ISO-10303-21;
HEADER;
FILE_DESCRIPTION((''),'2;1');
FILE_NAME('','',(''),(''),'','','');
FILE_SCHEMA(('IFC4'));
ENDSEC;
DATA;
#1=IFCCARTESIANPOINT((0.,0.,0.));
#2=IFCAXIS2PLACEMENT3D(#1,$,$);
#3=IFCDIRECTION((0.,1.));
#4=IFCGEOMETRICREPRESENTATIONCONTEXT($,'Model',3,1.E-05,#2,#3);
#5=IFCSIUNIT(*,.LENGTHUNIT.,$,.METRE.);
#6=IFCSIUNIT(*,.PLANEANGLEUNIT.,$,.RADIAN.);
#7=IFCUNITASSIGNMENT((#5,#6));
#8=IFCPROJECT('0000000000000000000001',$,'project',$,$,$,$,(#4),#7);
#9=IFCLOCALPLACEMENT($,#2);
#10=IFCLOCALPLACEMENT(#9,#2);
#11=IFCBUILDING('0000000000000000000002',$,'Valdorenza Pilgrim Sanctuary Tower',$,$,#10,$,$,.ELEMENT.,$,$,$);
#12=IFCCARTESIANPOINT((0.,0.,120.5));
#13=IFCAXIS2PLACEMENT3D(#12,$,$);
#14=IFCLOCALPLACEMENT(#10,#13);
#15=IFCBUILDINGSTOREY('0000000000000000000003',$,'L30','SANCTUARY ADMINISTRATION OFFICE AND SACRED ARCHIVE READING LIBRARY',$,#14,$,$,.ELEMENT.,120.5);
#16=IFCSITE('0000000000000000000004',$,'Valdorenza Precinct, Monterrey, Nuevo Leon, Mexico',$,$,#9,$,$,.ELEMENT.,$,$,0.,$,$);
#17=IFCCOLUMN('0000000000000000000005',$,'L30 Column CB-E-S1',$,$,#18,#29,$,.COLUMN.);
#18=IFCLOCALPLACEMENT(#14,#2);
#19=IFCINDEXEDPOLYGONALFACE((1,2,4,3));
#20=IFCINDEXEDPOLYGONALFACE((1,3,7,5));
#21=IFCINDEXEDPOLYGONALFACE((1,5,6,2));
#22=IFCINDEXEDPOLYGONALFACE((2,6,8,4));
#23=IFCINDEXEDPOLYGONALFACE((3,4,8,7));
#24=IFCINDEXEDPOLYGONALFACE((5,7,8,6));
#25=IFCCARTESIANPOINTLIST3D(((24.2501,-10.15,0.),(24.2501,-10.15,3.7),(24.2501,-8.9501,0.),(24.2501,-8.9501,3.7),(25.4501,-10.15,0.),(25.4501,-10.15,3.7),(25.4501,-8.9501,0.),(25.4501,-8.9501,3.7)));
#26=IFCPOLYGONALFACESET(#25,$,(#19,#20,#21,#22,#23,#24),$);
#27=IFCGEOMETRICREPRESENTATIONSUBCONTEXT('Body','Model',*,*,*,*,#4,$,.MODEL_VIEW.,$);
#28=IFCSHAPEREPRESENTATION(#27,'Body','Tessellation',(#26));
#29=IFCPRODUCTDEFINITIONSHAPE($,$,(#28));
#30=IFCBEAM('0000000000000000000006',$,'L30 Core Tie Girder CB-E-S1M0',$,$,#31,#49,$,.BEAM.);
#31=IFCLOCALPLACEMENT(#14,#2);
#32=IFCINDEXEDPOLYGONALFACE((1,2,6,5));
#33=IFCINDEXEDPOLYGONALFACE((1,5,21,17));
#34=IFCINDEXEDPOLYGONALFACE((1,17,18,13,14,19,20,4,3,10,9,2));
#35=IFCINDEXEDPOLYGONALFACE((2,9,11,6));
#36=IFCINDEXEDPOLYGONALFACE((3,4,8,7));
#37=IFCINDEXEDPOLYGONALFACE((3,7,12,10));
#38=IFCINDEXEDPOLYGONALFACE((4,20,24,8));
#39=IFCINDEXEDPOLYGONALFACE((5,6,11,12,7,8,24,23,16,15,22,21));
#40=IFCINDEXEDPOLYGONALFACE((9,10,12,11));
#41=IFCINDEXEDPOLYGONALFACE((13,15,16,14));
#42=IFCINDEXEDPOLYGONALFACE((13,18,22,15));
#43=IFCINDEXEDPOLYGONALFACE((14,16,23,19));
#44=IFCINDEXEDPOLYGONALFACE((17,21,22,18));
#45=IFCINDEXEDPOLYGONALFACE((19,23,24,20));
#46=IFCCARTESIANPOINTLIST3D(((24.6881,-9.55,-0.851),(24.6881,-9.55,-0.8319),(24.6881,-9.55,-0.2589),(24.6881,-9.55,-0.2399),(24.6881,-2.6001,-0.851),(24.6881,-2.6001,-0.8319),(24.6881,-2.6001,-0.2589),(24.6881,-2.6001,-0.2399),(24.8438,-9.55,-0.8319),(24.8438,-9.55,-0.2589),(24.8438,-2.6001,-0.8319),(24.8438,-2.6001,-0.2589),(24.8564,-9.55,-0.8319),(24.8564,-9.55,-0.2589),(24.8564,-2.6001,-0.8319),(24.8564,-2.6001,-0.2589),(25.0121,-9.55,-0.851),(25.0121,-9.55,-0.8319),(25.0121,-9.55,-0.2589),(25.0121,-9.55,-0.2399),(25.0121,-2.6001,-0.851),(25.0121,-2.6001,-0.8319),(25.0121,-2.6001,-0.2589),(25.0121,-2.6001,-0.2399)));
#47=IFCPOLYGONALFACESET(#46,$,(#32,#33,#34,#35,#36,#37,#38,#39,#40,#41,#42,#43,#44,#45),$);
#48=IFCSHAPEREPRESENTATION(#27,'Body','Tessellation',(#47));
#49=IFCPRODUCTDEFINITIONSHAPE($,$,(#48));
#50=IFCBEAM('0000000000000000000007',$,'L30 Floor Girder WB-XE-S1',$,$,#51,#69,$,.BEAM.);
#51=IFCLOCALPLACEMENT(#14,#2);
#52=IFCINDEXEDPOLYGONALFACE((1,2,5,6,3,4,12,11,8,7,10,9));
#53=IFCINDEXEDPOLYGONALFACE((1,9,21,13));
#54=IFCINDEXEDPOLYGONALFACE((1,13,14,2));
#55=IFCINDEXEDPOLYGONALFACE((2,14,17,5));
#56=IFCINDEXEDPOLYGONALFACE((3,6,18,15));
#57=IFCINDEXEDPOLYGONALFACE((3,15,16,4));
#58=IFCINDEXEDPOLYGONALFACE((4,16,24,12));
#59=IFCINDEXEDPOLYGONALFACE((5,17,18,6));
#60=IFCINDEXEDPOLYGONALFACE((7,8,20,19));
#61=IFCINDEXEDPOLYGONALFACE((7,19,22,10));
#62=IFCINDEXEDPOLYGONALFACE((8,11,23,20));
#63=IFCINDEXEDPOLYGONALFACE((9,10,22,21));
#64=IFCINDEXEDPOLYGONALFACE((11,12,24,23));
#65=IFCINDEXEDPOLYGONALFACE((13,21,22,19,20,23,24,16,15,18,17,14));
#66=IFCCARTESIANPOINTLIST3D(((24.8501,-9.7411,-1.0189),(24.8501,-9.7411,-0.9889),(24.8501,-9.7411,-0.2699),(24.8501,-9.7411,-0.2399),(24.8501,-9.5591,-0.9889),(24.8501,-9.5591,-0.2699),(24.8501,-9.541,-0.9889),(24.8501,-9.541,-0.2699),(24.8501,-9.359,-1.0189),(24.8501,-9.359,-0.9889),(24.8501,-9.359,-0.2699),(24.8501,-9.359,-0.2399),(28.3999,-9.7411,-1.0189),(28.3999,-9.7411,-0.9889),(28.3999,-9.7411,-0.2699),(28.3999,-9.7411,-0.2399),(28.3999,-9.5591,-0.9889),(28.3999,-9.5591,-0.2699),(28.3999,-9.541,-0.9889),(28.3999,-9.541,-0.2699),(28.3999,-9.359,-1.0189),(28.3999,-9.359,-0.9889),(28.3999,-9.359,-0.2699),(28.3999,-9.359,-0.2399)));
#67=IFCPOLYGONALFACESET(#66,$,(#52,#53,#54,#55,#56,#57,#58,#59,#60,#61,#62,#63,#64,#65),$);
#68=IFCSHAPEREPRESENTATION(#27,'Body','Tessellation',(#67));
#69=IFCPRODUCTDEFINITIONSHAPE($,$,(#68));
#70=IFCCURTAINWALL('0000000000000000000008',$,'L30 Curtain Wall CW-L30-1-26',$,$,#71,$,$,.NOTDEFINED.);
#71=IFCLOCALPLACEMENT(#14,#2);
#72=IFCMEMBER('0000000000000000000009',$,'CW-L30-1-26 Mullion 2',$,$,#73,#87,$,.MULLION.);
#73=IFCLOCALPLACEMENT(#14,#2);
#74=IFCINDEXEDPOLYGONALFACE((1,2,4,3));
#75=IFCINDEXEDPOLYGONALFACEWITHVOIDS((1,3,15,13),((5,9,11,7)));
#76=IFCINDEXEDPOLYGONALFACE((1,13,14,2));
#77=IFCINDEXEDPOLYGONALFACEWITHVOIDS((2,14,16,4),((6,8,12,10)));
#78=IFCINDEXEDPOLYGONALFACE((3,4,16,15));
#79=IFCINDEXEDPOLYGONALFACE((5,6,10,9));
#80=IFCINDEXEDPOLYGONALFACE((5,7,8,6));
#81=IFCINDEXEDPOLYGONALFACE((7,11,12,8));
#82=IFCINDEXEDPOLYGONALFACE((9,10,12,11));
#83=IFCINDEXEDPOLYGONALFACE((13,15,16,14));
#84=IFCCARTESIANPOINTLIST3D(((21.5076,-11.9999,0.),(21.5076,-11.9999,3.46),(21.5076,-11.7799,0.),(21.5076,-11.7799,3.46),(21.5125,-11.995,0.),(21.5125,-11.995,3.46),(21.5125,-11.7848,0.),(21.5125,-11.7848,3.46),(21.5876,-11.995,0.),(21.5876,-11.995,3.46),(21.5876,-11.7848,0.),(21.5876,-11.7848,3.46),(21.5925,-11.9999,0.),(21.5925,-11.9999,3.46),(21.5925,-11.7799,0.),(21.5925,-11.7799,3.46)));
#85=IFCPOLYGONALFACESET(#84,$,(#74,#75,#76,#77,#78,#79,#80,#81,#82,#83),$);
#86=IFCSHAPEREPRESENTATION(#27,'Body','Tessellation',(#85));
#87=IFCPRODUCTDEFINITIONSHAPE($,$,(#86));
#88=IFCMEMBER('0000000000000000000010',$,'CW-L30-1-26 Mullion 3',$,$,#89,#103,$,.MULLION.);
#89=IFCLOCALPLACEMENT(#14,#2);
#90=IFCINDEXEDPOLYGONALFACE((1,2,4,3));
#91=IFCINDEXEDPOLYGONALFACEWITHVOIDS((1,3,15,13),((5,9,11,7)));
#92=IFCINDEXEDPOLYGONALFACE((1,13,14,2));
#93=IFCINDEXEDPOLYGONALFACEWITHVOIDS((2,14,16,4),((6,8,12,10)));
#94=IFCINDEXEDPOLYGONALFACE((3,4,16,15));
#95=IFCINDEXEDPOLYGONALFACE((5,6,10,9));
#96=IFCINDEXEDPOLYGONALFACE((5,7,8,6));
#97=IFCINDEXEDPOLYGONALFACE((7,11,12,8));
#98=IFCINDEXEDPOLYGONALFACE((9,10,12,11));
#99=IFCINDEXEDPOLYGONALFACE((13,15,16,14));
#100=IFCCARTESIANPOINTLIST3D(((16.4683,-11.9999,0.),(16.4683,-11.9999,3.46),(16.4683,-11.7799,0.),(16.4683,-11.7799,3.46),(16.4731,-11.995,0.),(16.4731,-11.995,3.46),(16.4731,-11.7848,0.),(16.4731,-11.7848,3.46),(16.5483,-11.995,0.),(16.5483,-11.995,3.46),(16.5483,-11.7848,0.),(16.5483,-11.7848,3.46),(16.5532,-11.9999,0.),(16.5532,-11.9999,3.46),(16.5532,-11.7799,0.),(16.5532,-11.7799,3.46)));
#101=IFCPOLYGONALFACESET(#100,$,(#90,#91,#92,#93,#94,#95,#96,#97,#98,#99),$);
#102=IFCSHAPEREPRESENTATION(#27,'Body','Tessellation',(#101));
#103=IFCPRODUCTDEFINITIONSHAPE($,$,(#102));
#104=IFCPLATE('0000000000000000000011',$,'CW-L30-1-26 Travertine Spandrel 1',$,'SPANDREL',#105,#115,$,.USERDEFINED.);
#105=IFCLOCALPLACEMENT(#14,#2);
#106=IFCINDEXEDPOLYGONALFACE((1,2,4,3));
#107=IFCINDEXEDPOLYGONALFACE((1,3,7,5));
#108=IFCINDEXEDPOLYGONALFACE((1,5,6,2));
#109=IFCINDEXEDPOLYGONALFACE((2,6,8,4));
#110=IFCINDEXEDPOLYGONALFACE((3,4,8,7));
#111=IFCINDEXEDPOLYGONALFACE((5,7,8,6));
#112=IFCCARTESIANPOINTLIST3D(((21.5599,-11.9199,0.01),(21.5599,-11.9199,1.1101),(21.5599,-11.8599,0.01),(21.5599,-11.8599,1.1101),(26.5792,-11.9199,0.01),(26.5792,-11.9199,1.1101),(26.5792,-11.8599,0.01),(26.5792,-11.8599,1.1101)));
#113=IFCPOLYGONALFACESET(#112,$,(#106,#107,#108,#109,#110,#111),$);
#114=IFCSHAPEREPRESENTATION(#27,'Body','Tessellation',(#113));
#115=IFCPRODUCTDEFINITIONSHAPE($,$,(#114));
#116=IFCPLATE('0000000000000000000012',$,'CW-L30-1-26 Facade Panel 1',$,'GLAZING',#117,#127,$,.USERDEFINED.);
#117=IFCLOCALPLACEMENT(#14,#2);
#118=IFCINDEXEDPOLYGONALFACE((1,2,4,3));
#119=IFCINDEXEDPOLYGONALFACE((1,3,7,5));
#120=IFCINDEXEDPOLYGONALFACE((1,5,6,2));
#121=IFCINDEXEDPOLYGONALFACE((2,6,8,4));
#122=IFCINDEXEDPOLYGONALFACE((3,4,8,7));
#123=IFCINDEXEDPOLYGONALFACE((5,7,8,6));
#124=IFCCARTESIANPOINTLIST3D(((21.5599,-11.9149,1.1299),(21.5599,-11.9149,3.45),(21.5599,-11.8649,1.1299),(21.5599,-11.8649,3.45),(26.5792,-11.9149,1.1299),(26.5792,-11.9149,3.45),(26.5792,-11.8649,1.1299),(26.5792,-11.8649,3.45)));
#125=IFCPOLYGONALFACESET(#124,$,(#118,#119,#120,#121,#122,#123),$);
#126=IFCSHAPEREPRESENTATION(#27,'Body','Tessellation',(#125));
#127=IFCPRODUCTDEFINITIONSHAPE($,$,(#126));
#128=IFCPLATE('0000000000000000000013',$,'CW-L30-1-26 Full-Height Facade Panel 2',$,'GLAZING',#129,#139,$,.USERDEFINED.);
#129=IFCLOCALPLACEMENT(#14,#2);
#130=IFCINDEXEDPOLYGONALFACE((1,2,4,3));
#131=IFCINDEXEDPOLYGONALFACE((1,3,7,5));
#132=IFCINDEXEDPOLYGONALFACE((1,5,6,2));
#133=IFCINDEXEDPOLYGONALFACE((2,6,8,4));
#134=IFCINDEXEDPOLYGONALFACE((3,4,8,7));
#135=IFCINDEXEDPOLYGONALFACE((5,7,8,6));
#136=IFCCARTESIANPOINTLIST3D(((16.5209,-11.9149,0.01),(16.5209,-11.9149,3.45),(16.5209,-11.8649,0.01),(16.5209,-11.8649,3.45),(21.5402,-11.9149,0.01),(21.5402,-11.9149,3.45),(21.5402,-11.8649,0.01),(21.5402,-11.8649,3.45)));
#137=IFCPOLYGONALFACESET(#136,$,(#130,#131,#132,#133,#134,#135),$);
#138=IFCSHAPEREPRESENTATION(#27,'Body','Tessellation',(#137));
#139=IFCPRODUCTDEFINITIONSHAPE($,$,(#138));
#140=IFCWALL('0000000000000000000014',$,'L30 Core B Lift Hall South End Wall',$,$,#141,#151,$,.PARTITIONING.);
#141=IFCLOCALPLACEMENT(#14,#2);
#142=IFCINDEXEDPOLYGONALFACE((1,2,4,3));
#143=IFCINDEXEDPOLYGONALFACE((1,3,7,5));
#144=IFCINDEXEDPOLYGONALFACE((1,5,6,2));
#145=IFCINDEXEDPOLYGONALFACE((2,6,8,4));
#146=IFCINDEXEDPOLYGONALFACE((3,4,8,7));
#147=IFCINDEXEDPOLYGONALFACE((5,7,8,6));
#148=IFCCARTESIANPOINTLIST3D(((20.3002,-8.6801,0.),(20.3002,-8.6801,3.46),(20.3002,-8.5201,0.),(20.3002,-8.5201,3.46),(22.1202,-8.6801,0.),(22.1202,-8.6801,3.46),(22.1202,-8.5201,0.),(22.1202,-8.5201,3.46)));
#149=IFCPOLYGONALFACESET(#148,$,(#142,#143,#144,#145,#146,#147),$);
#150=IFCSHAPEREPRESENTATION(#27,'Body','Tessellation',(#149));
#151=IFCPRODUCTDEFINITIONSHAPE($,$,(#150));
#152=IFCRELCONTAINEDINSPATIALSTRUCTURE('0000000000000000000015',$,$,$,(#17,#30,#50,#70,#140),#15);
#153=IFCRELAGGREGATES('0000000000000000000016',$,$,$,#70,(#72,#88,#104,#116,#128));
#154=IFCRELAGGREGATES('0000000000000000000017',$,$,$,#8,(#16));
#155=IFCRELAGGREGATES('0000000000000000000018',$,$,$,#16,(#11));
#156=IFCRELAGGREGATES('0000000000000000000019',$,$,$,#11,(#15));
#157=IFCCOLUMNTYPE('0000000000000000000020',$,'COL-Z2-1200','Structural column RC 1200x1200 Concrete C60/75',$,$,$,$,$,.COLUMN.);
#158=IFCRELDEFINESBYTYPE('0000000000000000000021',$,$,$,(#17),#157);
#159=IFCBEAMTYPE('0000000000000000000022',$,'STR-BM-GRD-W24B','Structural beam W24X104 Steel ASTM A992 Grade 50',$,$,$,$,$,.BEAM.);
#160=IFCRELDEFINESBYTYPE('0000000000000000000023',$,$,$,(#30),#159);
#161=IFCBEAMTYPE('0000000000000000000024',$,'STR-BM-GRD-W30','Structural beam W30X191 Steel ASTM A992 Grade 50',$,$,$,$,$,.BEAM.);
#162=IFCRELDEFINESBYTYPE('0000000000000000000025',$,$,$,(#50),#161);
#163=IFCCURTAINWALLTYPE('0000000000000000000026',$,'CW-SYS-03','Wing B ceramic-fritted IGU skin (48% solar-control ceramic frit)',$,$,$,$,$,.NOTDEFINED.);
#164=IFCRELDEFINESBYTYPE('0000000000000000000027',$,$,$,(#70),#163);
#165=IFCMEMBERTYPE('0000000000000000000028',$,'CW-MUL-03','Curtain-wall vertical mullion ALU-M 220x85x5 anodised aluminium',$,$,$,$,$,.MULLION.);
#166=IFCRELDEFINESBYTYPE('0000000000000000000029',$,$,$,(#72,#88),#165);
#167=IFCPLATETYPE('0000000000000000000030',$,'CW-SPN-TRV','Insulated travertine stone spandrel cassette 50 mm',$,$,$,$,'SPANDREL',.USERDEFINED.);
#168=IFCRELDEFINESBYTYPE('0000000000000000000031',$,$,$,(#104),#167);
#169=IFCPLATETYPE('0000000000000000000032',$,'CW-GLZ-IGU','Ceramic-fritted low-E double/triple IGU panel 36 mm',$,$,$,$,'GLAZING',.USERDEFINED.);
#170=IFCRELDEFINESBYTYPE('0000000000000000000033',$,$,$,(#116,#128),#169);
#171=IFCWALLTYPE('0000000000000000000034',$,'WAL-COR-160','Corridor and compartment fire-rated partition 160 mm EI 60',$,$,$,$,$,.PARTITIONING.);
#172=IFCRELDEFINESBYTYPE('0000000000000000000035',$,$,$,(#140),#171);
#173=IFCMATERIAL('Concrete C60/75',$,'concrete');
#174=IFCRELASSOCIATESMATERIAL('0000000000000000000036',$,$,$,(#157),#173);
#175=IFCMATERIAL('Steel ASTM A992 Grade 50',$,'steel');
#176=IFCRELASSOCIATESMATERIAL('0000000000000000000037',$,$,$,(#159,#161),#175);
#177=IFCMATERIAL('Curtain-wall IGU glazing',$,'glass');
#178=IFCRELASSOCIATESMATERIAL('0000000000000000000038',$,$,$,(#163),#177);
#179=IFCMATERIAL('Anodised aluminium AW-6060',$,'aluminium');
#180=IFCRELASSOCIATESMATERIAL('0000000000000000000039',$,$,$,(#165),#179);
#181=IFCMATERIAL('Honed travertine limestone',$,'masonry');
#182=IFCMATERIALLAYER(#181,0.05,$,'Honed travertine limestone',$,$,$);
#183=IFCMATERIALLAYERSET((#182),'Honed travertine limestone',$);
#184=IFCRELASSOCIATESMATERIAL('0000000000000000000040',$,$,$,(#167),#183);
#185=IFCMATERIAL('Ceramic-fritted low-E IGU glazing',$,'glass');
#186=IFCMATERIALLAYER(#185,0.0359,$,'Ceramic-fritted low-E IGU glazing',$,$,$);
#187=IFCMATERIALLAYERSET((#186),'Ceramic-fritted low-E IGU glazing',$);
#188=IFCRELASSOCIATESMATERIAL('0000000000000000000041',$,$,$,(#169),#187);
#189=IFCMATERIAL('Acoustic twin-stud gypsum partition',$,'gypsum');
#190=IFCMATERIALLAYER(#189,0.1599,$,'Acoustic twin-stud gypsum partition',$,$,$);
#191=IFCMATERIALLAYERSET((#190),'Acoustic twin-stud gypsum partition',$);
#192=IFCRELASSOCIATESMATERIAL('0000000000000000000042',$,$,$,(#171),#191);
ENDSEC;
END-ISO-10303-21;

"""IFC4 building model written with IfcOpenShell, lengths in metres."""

from ifc_helpers import new_model, si_unit, direction, frame, frame_2d, origin, origin_2d, place, context, subcontext, project, spatial, rectangle, hollow_rectangle, i_section, extrude, source, transform, mapped, material, layer, layer_set, material_profile, profile_set, type_object, element, aggregate, save


model = new_model("IFC4")

# Units and contexts
model_context = context("Model", 3, precision=1e-05, world=origin(), true_north=direction((0.0, 1.0)))
body_context = subcontext(model_context, "Body", "Model", "MODEL_VIEW")
ifc_project = project(units=[si_unit("LENGTHUNIT", "METRE"), si_unit("PLANEANGLEUNIT", "RADIAN")], contexts=[model_context])

# Site, building, storey
site_placement = place(None, origin())
site = spatial("IfcSite", under=ifc_project, at=site_placement, Name="Valdorenza Precinct, Monterrey, Nuevo Leon, Mexico", CompositionType="ELEMENT", RefElevation=0.0)
building_placement = place(site_placement, origin())
building = spatial("IfcBuilding", under=site, at=building_placement, Name="Valdorenza Pilgrim Sanctuary Tower", CompositionType="ELEMENT")
storey_placement = place(building_placement, frame((0.0, 0.0, 120.5)))
storey = spatial("IfcBuildingStorey", under=building, at=storey_placement, Name="L30", Description="SANCTUARY ADMINISTRATION OFFICE AND SACRED ARCHIVE READING LIBRARY", CompositionType="ELEMENT", Elevation=120.5)

# Column
ifc_material_1 = material(Name="Concrete C60/75", Category="concrete")
ifc_material_profile_1 = material_profile(ifc_material_1, rectangle(XDim=1.2, YDim=1.2, at=origin_2d()), Name="RC 1200x1200")
ifc_profile_set_1 = profile_set([ifc_material_profile_1], Name="Concrete C60/75")
column_type = type_object("IfcColumnType", Name="COL-Z2-1200", Description="Structural column RC 1200x1200 Concrete C60/75", PredefinedType="COLUMN", material=ifc_profile_set_1)
shared_shape_1 = source(origin(), body_context, "Body", "SweptSolid", [
    extrude(rectangle(XDim=1.2, YDim=1.2, at=origin_2d()), origin(), (0.0, 0.0, 1.0), 3.7),
])
column_placement = place(storey_placement, frame((24.8501, -9.55, 0.0), z_axis=(0.0, 0.0, 1.0), x_axis=(1.0, 0.0, 0.0)))
element("IfcColumn", 1, at=column_placement, inside=storey, type_object=column_type, Name="L30 Column CB-E-S1", PredefinedType="COLUMN", context=body_context, shape_type="MappedRepresentation", body=[
    mapped(shared_shape_1, transform((0.0, 0.0, 0.0), x_axis=(1.0, 0.0, 0.0), y_axis=(0.0, 1.0, 0.0), z_axis=(0.0, 0.0, 1.0), scale=1.0)),
])

# Beams
ifc_material_2 = material(Name="Steel ASTM A992 Grade 50", Category="steel")
ifc_material_profile_2 = material_profile(ifc_material_2, i_section(OverallWidth=0.324, OverallDepth=0.6111, WebThickness=0.0127, FlangeThickness=0.019, at=origin_2d()), Name="W24X104")
ifc_profile_set_2 = profile_set([ifc_material_profile_2], Name="Steel ASTM A992 Grade 50")
beam_type_1 = type_object("IfcBeamType", Name="STR-BM-GRD-W24B", Description="Structural beam W24X104 Steel ASTM A992 Grade 50", PredefinedType="BEAM", material=ifc_profile_set_2)
shared_shape_2 = source(origin(), body_context, "Body", "SweptSolid", [
    extrude(i_section(OverallWidth=0.324, OverallDepth=0.6111, WebThickness=0.0127, FlangeThickness=0.019, at=origin_2d()), origin(), (0.0, 0.0, 1.0), 6.95),
])
beam_1_placement = place(storey_placement, frame((24.8501, -9.55, -0.5454), z_axis=(0.0, 1.0, 0.0), x_axis=(-1.0, 0.0, 0.0)))
element("IfcBeam", 2, at=beam_1_placement, inside=storey, type_object=beam_type_1, Name="L30 Core Tie Girder CB-E-S1M0", PredefinedType="BEAM", context=body_context, shape_type="MappedRepresentation", body=[
    mapped(shared_shape_2, transform((0.0, 0.0, 0.0), x_axis=(1.0, 0.0, 0.0), y_axis=(0.0, 1.0, 0.0), z_axis=(0.0, 0.0, 1.0), scale=1.0)),
])
ifc_material_profile_3 = material_profile(ifc_material_2, i_section(OverallWidth=0.3821, OverallDepth=0.7791, WebThickness=0.0181, FlangeThickness=0.03, at=origin_2d()), Name="W30X191")
ifc_profile_set_3 = profile_set([ifc_material_profile_3], Name="Steel ASTM A992 Grade 50")
beam_type_2 = type_object("IfcBeamType", Name="STR-BM-GRD-W30", Description="Structural beam W30X191 Steel ASTM A992 Grade 50", PredefinedType="BEAM", material=ifc_profile_set_3)
shared_shape_3 = source(origin(), body_context, "Body", "SweptSolid", [
    extrude(i_section(OverallWidth=0.3821, OverallDepth=0.7791, WebThickness=0.0181, FlangeThickness=0.03, at=origin_2d()), origin(), (0.0, 0.0, 1.0), 3.5498),
])
beam_2_placement = place(storey_placement, frame((24.8501, -9.55, -0.6294), z_axis=(1.0, 0.0, 0.0), x_axis=(0.0, 1.0, 0.0)))
element("IfcBeam", 3, at=beam_2_placement, inside=storey, type_object=beam_type_2, Name="L30 Floor Girder WB-XE-S1", PredefinedType="BEAM", context=body_context, shape_type="MappedRepresentation", body=[
    mapped(shared_shape_3, transform((0.0, 0.0, 0.0), x_axis=(1.0, 0.0, 0.0), y_axis=(0.0, 1.0, 0.0), z_axis=(0.0, 0.0, 1.0), scale=1.0)),
])

# Curtain wall, members, plates
ifc_material_3 = material(Name="Curtain-wall IGU glazing", Category="glass")
curtain_wall_type = type_object("IfcCurtainWallType", Name="CW-SYS-03", Description="Wing B ceramic-fritted IGU skin (48% solar-control ceramic frit)", PredefinedType="NOTDEFINED", material=ifc_material_3)
curtain_wall_placement = place(storey_placement, origin())
curtain_wall = element("IfcCurtainWall", 4, at=curtain_wall_placement, inside=storey, type_object=curtain_wall_type, Name="L30 Curtain Wall CW-L30-1-26", PredefinedType="NOTDEFINED")
ifc_material_4 = material(Name="Anodised aluminium AW-6060", Category="aluminium")
ifc_material_profile_4 = material_profile(ifc_material_4, hollow_rectangle(XDim=0.085, YDim=0.22, WallThickness=0.0049, at=origin_2d()), Name="ALU-M 220x85x5")
ifc_profile_set_4 = profile_set([ifc_material_profile_4], Name="Anodised aluminium AW-6060")
member_type = type_object("IfcMemberType", Name="CW-MUL-03", Description="Curtain-wall vertical mullion ALU-M 220x85x5 anodised aluminium", PredefinedType="MULLION", material=ifc_profile_set_4)
shared_shape_4 = source(origin(), body_context, "Body", "SweptSolid", [
    extrude(hollow_rectangle(XDim=0.085, YDim=0.22, WallThickness=0.0049, at=origin_2d()), origin(), (0.0, 0.0, 1.0), 3.46),
])
member_1_placement = place(storey_placement, frame((21.55, -11.8899, 0.0), z_axis=(0.0, 0.0, 1.0), x_axis=(-1.0, 0.0, 0.0)))
member_1 = element("IfcMember", 5, at=member_1_placement, type_object=member_type, Name="CW-L30-1-26 Mullion 2", PredefinedType="MULLION", context=body_context, shape_type="MappedRepresentation", body=[
    mapped(shared_shape_4, transform((0.0, 0.0, 0.0), x_axis=(1.0, 0.0, 0.0), y_axis=(0.0, 1.0, 0.0), z_axis=(0.0, 0.0, 1.0), scale=1.0)),
])
member_2_placement = place(storey_placement, frame((16.5107, -11.8899, 0.0), z_axis=(0.0, 0.0, 1.0), x_axis=(-1.0, 0.0, 0.0)))
member_2 = element("IfcMember", 6, at=member_2_placement, type_object=member_type, Name="CW-L30-1-26 Mullion 3", PredefinedType="MULLION", context=body_context, shape_type="MappedRepresentation", body=[
    mapped(shared_shape_4, transform((0.0, 0.0, 0.0), x_axis=(1.0, 0.0, 0.0), y_axis=(0.0, 1.0, 0.0), z_axis=(0.0, 0.0, 1.0), scale=1.0)),
])
ifc_material_5 = material(Name="Honed travertine limestone", Category="masonry")
ifc_layer_1 = layer(ifc_material_5, 0.05, Name="Honed travertine limestone")
ifc_layer_set_1 = layer_set([ifc_layer_1], Name="Honed travertine limestone")
plate_type_1 = type_object("IfcPlateType", Name="CW-SPN-TRV", Description="Insulated travertine stone spandrel cassette 50 mm", ElementType="SPANDREL", PredefinedType="USERDEFINED", material=ifc_layer_set_1)
shared_shape_5 = source(origin(), body_context, "Body", "SweptSolid", [
    extrude(rectangle(XDim=5.0193, YDim=0.0601, at=origin_2d()), origin(), (0.0, 0.0, 1.0), 1.1001),
])
plate_1_placement = place(storey_placement, frame((24.0696, -11.8899, 0.01), z_axis=(0.0, 0.0, 1.0), x_axis=(-1.0, 0.0, 0.0)))
plate_1 = element("IfcPlate", 7, at=plate_1_placement, type_object=plate_type_1, Name="CW-L30-1-26 Travertine Spandrel 1", ObjectType="SPANDREL", PredefinedType="USERDEFINED", context=body_context, shape_type="MappedRepresentation", body=[
    mapped(shared_shape_5, transform((0.0, 0.0, 0.0), x_axis=(1.0, 0.0, 0.0), y_axis=(0.0, 1.0, 0.0), z_axis=(0.0, 0.0, 1.0), scale=1.0)),
])
ifc_material_6 = material(Name="Ceramic-fritted low-E IGU glazing", Category="glass")
ifc_layer_2 = layer(ifc_material_6, 0.0359, Name="Ceramic-fritted low-E IGU glazing")
ifc_layer_set_2 = layer_set([ifc_layer_2], Name="Ceramic-fritted low-E IGU glazing")
plate_type_2 = type_object("IfcPlateType", Name="CW-GLZ-IGU", Description="Ceramic-fritted low-E double/triple IGU panel 36 mm", ElementType="GLAZING", PredefinedType="USERDEFINED", material=ifc_layer_set_2)
shared_shape_6 = source(origin(), body_context, "Body", "SweptSolid", [
    extrude(rectangle(XDim=5.0193, YDim=0.05, at=origin_2d()), origin(), (0.0, 0.0, 1.0), 2.3201),
])
plate_2_placement = place(storey_placement, frame((24.0696, -11.8899, 1.1299), z_axis=(0.0, 0.0, 1.0), x_axis=(-1.0, 0.0, 0.0)))
plate_2 = element("IfcPlate", 8, at=plate_2_placement, type_object=plate_type_2, Name="CW-L30-1-26 Facade Panel 1", ObjectType="GLAZING", PredefinedType="USERDEFINED", context=body_context, shape_type="MappedRepresentation", body=[
    mapped(shared_shape_6, transform((0.0, 0.0, 0.0), x_axis=(1.0, 0.0, 0.0), y_axis=(0.0, 1.0, 0.0), z_axis=(0.0, 0.0, 1.0), scale=1.0)),
])
shared_shape_7 = source(origin(), body_context, "Body", "SweptSolid", [
    extrude(rectangle(XDim=5.0193, YDim=0.05, at=origin_2d()), origin(), (0.0, 0.0, 1.0), 3.4399),
])
plate_3_placement = place(storey_placement, frame((19.0305, -11.8899, 0.01), z_axis=(0.0, 0.0, 1.0), x_axis=(-1.0, 0.0, 0.0)))
plate_3 = element("IfcPlate", 9, at=plate_3_placement, type_object=plate_type_2, Name="CW-L30-1-26 Full-Height Facade Panel 2", ObjectType="GLAZING", PredefinedType="USERDEFINED", context=body_context, shape_type="MappedRepresentation", body=[
    mapped(shared_shape_7, transform((0.0, 0.0, 0.0), x_axis=(1.0, 0.0, 0.0), y_axis=(0.0, 1.0, 0.0), z_axis=(0.0, 0.0, 1.0), scale=1.0)),
])
aggregate(curtain_wall, [member_1, member_2, plate_1, plate_2, plate_3])

# Wall
ifc_material_7 = material(Name="Acoustic twin-stud gypsum partition", Category="gypsum")
ifc_layer_3 = layer(ifc_material_7, 0.1599, Name="Acoustic twin-stud gypsum partition")
ifc_layer_set_3 = layer_set([ifc_layer_3], Name="Acoustic twin-stud gypsum partition")
wall_type_1 = type_object("IfcWallType", Name="WAL-COR-160", Description="Corridor and compartment fire-rated partition 160 mm EI 60", PredefinedType="PARTITIONING", material=ifc_layer_set_3)
wall_1_placement = place(storey_placement, frame((20.3, -8.6001, 0.0), z_axis=(0.0, 0.0, 1.0), x_axis=(1.0, 0.0, 0.0)))
element("IfcWall", 10, at=wall_1_placement, inside=storey, type_object=wall_type_1, Name="L30 Core B Lift Hall South End Wall", PredefinedType="PARTITIONING", context=body_context, shape_type="SweptSolid", body=[
    extrude(rectangle(XDim=1.8201, YDim=0.1599, at=frame_2d((0.9102, 0.0))), origin(), (0.0, 0.0, 1.0), 3.46),
])

save(model, "model.ifc")
